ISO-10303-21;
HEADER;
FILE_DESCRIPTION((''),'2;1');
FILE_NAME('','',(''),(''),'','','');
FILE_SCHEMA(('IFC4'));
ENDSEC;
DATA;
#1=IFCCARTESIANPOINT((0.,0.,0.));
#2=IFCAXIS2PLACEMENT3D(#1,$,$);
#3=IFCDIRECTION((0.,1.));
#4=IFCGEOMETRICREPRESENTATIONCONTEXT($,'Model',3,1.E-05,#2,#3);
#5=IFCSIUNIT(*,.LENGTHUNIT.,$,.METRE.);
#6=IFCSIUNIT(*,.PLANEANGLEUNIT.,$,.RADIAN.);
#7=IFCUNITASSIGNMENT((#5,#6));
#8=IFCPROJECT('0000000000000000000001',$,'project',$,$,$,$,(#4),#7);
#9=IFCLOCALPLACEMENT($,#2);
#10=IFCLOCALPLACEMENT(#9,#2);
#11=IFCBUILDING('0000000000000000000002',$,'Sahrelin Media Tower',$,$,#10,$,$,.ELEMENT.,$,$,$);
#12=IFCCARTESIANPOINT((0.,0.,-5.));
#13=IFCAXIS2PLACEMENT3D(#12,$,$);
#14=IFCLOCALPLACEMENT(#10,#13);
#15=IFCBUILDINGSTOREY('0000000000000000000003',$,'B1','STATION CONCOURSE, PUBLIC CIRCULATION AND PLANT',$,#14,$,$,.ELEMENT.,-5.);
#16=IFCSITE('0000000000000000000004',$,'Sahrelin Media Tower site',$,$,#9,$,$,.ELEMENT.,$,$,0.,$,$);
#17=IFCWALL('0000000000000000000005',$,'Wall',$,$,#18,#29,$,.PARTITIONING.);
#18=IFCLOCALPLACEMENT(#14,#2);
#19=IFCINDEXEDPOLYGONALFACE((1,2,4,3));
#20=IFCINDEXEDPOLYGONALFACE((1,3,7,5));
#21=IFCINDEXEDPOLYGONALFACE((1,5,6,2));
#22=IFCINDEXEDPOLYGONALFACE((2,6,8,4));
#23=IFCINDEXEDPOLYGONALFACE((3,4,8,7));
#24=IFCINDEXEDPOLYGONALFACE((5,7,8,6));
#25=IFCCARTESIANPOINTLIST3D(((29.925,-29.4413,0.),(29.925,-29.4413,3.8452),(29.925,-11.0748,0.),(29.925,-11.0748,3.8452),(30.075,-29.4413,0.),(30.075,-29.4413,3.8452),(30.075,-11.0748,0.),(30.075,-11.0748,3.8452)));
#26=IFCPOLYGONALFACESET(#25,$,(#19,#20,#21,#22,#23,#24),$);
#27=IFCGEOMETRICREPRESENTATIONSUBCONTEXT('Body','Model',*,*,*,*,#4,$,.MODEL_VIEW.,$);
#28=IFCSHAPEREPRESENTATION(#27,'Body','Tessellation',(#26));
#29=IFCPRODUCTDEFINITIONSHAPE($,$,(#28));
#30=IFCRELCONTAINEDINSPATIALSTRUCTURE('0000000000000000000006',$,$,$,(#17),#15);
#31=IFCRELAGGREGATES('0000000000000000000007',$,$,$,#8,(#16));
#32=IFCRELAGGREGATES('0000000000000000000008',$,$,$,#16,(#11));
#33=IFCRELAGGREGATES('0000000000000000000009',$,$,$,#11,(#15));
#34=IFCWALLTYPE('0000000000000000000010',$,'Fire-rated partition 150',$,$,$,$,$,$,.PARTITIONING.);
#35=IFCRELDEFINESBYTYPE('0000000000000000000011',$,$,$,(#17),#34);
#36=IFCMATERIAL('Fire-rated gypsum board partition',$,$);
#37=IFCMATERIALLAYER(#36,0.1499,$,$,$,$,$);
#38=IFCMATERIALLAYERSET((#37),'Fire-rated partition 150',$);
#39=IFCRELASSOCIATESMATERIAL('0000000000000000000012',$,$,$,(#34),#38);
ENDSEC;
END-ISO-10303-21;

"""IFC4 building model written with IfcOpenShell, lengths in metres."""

from ifc_helpers import new_model, si_unit, direction, frame, frame_2d, origin, place, context, subcontext, project, spatial, rectangle, extrude, material, layer, layer_set, type_object, element, save


model = new_model("IFC4")

# Units and contexts
model_context = context("Model", 3, precision=1e-05, world=origin(), true_north=direction((0.0, 1.0)))
body_context = subcontext(model_context, "Body", "Model", "MODEL_VIEW")
ifc_project = project(units=[si_unit("LENGTHUNIT", "METRE"), si_unit("PLANEANGLEUNIT", "RADIAN")], contexts=[model_context])

# Site, building, storey
site_placement = place(None, origin())
site = spatial("IfcSite", under=ifc_project, at=site_placement, Name="Sahrelin Media Tower site", CompositionType="ELEMENT", RefElevation=0.0)
building_placement = place(site_placement, origin())
building = spatial("IfcBuilding", under=site, at=building_placement, Name="Sahrelin Media Tower", CompositionType="ELEMENT")
storey_placement = place(building_placement, frame((0.0, 0.0, -5.0)))
storey = spatial("IfcBuildingStorey", under=building, at=storey_placement, Name="B1", Description="STATION CONCOURSE, PUBLIC CIRCULATION AND PLANT", CompositionType="ELEMENT", Elevation=-5.0)

# Shared definitions
ifc_material_1 = material(Name="Fire-rated gypsum board partition")
ifc_layer = layer(ifc_material_1, 0.1499)
ifc_layer_set = layer_set([ifc_layer], Name="Fire-rated partition 150")
wall_type = type_object("IfcWallType", Name="Fire-rated partition 150", PredefinedType="PARTITIONING", material=ifc_layer_set)

# Wall
wall_1_placement = place(storey_placement, frame((30.0, -11.075, 0.0), z_axis=(0.0, 0.0, 1.0), x_axis=(0.0, -1.0, 0.0)))
element("IfcWall", 1, at=wall_1_placement, inside=storey, type_object=wall_type, Name="Wall", PredefinedType="PARTITIONING", context=body_context, shape_type="SweptSolid", body=[
    extrude(rectangle(XDim=18.3665, YDim=0.1499, at=frame_2d((9.1831, 0.0))), origin(), (0.0, 0.0, 1.0), 3.8452),
])

save(model, "model.ifc")
